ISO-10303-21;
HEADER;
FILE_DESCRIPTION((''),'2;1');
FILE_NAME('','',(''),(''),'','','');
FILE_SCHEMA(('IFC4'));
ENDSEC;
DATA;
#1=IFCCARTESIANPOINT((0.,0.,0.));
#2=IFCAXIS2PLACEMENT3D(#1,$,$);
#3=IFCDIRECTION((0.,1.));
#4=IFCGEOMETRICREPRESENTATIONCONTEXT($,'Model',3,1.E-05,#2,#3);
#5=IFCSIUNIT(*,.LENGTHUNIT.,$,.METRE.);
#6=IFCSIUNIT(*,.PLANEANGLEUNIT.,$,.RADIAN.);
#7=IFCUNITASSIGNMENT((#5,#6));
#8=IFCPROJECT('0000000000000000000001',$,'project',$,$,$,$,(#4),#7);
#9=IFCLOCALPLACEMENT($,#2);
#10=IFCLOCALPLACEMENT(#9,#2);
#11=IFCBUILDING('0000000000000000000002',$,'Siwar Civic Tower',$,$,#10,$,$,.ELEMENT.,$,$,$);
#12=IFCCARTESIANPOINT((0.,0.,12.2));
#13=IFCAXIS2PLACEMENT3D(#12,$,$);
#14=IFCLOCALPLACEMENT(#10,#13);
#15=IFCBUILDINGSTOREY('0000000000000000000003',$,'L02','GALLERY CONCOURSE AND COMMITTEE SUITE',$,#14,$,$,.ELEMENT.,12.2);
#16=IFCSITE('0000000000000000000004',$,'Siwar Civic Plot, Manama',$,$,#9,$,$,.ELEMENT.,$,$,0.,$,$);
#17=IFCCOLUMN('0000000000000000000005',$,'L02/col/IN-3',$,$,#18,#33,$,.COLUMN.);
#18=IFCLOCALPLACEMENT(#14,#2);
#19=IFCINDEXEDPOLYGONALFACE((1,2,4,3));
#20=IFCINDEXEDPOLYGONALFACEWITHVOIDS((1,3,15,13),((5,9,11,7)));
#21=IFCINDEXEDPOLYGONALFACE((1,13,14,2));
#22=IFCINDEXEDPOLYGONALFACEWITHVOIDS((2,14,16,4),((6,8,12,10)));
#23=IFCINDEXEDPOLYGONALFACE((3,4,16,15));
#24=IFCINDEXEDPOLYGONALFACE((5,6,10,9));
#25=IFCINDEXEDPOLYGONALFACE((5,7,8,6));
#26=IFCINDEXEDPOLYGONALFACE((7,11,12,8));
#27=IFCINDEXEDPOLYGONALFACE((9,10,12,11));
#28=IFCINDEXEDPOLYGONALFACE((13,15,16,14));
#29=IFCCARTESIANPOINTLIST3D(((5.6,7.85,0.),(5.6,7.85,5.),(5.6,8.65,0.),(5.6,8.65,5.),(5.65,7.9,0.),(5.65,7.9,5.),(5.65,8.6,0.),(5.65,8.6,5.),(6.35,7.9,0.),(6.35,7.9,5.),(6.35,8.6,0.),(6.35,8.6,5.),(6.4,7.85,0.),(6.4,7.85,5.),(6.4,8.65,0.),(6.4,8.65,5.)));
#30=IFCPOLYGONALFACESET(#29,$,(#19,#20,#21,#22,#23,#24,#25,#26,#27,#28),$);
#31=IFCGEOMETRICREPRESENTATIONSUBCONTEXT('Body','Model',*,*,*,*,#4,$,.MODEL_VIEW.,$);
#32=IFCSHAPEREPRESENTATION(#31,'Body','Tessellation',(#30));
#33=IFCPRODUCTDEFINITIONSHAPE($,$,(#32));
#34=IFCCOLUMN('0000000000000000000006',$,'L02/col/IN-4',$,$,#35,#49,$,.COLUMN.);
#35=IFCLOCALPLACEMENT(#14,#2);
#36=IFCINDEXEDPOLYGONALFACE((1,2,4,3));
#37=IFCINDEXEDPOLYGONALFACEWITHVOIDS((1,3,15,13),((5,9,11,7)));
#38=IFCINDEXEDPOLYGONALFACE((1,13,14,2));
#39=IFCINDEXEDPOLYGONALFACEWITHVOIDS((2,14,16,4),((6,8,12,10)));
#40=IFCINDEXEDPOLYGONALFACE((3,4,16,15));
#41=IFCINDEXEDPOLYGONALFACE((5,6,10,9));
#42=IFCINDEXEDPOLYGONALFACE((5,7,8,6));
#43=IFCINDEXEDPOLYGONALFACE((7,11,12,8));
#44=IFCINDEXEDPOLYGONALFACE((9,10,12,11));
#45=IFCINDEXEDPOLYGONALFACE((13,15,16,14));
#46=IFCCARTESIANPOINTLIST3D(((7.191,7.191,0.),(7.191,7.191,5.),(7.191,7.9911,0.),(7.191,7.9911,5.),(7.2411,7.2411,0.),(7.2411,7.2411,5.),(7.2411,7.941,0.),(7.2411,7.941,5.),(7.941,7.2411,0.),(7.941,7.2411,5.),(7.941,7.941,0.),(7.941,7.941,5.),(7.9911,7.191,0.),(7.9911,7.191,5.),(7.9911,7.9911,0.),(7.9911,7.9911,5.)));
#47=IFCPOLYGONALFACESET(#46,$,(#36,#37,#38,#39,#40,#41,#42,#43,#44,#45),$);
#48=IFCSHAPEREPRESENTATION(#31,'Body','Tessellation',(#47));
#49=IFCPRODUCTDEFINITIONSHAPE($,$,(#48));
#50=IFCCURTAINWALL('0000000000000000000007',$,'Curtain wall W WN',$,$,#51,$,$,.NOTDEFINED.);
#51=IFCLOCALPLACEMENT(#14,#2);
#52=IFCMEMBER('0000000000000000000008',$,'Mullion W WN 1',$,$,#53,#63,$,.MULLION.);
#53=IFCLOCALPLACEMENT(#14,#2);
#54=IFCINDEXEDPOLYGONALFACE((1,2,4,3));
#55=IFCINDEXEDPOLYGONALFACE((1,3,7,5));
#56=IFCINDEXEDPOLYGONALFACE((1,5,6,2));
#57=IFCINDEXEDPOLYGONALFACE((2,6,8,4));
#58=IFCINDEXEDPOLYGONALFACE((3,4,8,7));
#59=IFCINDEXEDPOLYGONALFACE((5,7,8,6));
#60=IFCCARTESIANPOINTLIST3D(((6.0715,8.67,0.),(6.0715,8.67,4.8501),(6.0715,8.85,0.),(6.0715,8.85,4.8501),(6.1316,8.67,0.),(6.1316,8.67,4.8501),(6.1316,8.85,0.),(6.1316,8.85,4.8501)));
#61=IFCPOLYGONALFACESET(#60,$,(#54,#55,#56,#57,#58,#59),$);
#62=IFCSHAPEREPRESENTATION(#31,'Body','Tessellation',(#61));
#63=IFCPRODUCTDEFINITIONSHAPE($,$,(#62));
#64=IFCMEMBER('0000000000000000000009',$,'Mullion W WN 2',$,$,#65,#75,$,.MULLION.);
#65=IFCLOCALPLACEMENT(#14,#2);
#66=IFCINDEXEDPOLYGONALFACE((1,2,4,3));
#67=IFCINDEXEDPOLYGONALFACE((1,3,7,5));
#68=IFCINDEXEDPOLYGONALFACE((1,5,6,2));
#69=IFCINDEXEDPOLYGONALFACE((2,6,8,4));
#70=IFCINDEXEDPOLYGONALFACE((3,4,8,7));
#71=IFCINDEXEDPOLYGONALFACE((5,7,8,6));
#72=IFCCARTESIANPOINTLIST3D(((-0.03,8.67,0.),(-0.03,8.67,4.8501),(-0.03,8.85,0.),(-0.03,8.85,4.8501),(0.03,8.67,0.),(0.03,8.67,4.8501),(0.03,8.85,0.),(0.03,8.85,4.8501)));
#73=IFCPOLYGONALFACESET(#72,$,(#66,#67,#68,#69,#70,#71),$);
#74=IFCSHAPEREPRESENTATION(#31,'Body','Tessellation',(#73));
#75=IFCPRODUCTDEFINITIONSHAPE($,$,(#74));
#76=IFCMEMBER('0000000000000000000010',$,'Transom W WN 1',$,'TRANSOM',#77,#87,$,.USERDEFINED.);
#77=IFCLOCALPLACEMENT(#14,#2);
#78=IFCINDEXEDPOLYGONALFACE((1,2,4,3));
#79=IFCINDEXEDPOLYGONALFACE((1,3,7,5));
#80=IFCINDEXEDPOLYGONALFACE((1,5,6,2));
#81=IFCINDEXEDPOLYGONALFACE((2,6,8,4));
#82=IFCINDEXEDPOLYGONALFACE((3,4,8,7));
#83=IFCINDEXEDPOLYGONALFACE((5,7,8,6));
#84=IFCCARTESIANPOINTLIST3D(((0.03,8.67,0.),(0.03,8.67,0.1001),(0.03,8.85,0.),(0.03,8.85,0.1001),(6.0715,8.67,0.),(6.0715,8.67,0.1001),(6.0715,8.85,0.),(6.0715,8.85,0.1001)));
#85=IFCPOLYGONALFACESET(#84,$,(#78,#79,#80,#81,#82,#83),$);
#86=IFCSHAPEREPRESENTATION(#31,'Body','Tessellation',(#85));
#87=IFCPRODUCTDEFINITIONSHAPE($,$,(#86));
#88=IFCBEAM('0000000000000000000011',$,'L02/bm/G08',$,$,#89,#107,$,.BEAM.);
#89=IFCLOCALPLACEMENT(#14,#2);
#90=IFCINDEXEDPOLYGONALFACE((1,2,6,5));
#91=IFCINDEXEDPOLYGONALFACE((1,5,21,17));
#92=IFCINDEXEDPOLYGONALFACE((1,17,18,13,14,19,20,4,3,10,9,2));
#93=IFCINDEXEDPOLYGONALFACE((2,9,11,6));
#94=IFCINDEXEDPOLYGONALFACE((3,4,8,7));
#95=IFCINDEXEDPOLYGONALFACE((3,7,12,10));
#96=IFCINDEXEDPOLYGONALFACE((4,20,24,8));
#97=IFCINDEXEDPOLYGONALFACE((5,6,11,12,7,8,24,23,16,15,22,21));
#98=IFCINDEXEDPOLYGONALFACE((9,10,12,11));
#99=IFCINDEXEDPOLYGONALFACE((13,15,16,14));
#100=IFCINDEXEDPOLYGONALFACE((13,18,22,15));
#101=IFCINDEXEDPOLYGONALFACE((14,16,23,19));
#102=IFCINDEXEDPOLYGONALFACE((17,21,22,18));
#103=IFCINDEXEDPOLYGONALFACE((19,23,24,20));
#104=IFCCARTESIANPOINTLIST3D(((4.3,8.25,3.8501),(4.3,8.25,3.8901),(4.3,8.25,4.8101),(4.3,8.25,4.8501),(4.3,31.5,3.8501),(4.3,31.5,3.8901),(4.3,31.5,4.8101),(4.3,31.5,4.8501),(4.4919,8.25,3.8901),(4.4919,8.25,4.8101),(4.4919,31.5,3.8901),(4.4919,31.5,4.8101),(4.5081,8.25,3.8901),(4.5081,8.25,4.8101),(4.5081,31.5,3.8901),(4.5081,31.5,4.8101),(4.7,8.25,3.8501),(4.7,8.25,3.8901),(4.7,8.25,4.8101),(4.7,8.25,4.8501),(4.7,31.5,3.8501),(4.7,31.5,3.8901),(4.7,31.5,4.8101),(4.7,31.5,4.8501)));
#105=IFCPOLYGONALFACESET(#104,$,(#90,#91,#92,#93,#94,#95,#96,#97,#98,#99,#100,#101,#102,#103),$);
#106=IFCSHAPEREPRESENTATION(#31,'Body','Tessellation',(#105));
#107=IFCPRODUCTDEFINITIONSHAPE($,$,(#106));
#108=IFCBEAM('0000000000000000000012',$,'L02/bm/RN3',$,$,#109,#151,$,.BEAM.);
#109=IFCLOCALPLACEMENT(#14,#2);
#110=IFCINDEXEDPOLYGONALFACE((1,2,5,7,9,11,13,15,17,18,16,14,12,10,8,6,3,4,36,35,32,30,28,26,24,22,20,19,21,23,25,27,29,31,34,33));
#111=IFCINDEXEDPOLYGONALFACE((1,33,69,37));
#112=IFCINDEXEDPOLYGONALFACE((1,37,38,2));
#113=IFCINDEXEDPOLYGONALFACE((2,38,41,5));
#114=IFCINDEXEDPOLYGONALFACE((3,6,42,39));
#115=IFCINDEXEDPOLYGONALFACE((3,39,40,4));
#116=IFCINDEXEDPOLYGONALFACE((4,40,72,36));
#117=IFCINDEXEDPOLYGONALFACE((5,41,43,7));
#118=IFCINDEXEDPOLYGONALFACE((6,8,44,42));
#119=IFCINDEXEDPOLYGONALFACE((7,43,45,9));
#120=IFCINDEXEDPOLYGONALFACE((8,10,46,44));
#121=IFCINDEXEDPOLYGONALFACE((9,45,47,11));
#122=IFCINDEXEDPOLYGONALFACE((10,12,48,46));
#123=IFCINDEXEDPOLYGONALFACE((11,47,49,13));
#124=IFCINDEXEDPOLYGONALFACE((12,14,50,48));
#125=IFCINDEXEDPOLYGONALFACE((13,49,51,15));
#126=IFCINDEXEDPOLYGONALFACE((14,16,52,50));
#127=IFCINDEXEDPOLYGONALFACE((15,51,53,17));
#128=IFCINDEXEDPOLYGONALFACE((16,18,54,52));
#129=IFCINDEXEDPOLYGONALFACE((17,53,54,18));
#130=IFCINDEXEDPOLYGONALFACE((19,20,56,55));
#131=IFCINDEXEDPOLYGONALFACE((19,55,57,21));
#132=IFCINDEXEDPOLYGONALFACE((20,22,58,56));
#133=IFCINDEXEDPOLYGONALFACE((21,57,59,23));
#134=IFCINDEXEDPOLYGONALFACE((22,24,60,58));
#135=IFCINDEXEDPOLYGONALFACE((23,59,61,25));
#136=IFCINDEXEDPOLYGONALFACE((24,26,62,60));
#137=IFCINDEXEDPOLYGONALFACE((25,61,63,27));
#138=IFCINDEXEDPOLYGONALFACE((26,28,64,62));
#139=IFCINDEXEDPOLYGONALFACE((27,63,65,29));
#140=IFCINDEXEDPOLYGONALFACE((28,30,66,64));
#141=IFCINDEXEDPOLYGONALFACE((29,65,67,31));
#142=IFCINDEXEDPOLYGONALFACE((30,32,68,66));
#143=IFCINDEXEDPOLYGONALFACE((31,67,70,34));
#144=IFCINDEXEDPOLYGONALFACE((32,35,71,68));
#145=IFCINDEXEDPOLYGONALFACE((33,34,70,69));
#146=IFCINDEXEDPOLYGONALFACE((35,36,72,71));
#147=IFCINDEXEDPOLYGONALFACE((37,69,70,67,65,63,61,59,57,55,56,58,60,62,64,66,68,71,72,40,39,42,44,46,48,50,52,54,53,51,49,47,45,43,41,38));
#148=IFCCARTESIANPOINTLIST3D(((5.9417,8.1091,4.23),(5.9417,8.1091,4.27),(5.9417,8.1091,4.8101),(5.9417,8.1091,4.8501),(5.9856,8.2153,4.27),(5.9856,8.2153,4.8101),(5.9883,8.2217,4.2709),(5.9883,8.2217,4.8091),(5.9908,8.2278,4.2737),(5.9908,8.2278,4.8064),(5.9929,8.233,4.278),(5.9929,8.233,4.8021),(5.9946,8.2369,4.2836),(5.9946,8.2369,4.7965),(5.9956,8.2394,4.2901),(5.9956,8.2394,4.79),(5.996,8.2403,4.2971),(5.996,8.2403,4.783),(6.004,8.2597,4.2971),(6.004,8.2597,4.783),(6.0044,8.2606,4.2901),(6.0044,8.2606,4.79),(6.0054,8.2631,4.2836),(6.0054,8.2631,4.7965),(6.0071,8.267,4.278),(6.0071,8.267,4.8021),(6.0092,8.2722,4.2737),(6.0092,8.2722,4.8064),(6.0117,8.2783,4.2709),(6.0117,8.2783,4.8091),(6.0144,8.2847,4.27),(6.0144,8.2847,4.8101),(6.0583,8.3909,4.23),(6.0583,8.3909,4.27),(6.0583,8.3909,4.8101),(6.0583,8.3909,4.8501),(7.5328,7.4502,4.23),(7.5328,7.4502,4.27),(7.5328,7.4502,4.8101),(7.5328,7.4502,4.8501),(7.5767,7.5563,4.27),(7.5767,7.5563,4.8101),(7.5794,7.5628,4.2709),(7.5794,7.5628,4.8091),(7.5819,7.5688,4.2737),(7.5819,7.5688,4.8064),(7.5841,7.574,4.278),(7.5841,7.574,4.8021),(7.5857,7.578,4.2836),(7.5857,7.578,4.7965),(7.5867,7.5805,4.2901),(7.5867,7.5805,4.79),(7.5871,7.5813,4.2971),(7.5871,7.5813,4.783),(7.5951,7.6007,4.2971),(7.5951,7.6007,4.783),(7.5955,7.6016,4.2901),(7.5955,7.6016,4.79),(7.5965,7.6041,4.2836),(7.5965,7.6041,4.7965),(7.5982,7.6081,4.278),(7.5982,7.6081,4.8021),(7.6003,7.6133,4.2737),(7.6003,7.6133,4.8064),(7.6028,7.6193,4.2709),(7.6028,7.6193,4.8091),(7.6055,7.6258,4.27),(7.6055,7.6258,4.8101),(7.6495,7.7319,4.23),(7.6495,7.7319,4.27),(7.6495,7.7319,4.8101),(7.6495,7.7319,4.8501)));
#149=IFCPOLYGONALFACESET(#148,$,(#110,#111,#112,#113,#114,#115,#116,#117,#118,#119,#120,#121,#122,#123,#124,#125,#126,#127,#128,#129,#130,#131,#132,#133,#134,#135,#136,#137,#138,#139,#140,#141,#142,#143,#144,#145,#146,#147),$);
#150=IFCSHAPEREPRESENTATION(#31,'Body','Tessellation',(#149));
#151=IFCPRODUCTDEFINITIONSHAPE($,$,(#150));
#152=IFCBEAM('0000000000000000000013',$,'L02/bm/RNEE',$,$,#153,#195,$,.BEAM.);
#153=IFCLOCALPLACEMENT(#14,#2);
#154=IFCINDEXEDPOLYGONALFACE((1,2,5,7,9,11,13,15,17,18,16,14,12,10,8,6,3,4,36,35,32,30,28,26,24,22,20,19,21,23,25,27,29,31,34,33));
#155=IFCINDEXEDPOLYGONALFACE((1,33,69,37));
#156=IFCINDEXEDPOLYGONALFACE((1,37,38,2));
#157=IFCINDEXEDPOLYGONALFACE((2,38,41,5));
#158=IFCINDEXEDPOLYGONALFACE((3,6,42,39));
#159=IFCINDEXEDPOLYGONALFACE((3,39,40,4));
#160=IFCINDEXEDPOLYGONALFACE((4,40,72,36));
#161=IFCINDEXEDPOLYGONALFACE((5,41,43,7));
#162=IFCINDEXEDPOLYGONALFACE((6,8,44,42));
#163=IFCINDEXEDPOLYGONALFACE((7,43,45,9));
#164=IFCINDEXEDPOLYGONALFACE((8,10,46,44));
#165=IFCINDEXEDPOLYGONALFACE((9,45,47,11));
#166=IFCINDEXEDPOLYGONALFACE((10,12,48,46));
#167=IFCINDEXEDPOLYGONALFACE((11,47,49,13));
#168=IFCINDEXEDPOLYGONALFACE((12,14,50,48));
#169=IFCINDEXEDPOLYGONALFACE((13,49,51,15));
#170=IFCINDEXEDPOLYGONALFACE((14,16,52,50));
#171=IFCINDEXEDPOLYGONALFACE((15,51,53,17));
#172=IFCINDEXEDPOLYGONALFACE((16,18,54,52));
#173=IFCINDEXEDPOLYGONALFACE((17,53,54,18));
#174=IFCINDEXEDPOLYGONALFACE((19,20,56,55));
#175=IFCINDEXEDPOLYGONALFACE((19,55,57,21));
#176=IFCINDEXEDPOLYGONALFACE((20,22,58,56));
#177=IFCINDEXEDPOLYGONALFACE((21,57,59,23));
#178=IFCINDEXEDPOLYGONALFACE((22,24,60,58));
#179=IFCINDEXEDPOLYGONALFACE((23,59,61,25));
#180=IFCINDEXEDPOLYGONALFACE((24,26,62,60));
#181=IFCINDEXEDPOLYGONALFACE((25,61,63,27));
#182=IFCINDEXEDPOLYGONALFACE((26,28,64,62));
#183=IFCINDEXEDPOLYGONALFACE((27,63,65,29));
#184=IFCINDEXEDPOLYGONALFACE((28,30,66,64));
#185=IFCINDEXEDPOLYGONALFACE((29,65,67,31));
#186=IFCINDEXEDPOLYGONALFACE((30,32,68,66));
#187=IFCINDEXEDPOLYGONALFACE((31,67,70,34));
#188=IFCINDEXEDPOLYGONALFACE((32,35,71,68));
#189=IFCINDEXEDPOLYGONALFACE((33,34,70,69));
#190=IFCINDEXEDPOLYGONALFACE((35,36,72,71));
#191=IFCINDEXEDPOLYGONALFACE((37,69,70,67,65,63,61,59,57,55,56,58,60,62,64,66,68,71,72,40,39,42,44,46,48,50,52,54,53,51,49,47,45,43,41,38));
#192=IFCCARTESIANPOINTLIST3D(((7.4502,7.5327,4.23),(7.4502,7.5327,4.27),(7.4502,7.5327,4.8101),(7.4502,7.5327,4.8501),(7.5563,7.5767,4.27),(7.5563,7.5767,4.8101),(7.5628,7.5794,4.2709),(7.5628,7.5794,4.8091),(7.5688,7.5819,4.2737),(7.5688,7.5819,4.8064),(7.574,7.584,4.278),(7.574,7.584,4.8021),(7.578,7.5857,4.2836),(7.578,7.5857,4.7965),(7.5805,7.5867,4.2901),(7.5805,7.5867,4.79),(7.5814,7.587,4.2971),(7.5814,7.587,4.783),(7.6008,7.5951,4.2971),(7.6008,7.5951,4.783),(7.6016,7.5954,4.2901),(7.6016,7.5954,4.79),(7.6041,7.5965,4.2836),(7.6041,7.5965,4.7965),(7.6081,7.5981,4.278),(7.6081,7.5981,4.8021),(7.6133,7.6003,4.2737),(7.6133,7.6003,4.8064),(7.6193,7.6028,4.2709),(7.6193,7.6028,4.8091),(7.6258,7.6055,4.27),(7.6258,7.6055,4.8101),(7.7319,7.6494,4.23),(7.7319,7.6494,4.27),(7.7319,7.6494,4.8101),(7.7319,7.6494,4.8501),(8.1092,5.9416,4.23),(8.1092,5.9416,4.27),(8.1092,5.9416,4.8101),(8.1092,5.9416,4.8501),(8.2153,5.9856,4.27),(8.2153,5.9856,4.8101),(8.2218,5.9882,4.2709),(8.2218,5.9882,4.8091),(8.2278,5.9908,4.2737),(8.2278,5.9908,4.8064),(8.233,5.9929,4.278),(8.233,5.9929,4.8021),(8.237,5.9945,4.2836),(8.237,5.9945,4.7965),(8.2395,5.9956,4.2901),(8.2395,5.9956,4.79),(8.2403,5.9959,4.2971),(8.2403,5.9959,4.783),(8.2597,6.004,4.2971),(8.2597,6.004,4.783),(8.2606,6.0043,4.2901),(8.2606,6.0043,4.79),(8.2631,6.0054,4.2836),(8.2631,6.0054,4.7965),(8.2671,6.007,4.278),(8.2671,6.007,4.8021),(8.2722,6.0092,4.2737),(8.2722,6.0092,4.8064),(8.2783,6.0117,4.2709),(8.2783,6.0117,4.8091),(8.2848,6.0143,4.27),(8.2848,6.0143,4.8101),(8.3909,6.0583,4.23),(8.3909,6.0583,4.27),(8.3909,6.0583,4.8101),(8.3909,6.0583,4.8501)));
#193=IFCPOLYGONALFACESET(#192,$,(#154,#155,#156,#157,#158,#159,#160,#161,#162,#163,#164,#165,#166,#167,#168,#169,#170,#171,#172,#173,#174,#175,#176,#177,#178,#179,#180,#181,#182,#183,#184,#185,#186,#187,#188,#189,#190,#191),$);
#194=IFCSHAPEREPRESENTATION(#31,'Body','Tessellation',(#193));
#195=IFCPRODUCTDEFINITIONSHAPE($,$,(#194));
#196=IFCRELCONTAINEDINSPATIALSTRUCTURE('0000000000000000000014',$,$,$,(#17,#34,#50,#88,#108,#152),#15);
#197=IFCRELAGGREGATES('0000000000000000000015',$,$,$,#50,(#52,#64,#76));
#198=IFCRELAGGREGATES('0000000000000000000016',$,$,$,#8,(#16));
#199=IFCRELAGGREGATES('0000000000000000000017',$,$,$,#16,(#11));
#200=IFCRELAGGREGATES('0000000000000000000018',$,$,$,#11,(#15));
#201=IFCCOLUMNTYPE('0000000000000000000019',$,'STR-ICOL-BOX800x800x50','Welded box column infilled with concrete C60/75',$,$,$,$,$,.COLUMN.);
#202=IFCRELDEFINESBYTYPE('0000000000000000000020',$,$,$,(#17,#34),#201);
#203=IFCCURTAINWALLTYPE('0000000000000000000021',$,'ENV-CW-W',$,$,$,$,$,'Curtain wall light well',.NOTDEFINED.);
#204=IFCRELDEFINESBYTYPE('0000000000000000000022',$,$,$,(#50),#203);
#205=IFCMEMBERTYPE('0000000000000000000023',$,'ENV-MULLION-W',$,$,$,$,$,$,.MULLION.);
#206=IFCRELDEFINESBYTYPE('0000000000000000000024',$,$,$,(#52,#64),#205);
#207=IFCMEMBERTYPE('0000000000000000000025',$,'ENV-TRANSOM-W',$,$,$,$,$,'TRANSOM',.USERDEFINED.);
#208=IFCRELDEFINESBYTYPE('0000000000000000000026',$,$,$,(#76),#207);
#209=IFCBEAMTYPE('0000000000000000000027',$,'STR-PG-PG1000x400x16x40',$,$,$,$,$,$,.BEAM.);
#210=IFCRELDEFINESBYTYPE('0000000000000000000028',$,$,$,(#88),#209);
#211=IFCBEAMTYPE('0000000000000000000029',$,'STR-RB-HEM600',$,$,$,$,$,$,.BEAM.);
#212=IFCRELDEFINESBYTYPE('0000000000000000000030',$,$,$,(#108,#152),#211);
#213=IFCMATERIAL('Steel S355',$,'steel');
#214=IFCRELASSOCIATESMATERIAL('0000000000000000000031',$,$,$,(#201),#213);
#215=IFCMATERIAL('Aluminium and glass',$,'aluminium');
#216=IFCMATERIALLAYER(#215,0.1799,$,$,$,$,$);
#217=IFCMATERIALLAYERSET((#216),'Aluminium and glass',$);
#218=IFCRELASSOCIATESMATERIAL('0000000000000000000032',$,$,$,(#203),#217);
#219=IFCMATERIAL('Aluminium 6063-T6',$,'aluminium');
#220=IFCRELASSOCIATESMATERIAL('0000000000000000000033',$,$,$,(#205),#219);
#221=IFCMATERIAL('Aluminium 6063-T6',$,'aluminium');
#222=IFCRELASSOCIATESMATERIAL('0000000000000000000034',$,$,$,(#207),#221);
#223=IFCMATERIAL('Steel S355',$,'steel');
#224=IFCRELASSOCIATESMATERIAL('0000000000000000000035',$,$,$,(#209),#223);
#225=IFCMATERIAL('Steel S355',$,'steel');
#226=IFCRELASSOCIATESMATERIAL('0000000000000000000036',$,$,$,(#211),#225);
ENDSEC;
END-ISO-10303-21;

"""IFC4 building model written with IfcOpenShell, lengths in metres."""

from ifc_helpers import new_model, si_unit, direction, frame, origin, origin_2d, place, context, subcontext, project, spatial, rectangle, hollow_rectangle, i_section, extrude, material, layer, layer_set, material_profile, profile_set, type_object, element, aggregate, save


model = new_model("IFC4")

# Units and contexts
model_context = context("Model", 3, precision=1e-05, world=origin(), true_north=direction((0.0, 1.0)))
body_context = subcontext(model_context, "Body", "Model", "MODEL_VIEW")
ifc_project = project(units=[si_unit("LENGTHUNIT", "METRE"), si_unit("PLANEANGLEUNIT", "RADIAN")], contexts=[model_context])

# Site, building, storey
site_placement = place(None, origin())
site = spatial("IfcSite", under=ifc_project, at=site_placement, Name="Siwar Civic Plot, Manama", CompositionType="ELEMENT", RefElevation=0.0)
building_placement = place(site_placement, origin())
building = spatial("IfcBuilding", under=site, at=building_placement, Name="Siwar Civic Tower", CompositionType="ELEMENT")
storey_placement = place(building_placement, frame((0.0, 0.0, 12.2)))
storey = spatial("IfcBuildingStorey", under=building, at=storey_placement, Name="L02", Description="GALLERY CONCOURSE AND COMMITTEE SUITE", CompositionType="ELEMENT", Elevation=12.2)

# Columns
ifc_material_1 = material(Name="Steel S355", Category="steel")
ifc_material_profile_1 = material_profile(ifc_material_1, hollow_rectangle(XDim=0.8, YDim=0.8, WallThickness=0.05, at=origin_2d()), Name="BOX800x800x50")
ifc_profile_set_1 = profile_set([ifc_material_profile_1], Name="Steel S355")
column_type = type_object("IfcColumnType", Name="STR-ICOL-BOX800x800x50", Description="Welded box column infilled with concrete C60/75", PredefinedType="COLUMN", material=ifc_profile_set_1)
for number, where, z_axis, x_axis, name in (
    (1, (6.0, 8.25, 0.0), (0.0, 0.0, 1.0), (1.0, 0.0, 0.0), "L02/col/IN-3"),
    (2, (7.5911, 7.5911, 0.0), (0.0, 0.0, 1.0), (1.0, 0.0, 0.0), "L02/col/IN-4"),
):
    element("IfcColumn", number, at=place(storey_placement, frame(where, z_axis=z_axis, x_axis=x_axis)), inside=storey, type_object=column_type, Name=name, PredefinedType="COLUMN", context=body_context, shape_type="SweptSolid", body=[
        extrude(hollow_rectangle(XDim=0.8, YDim=0.8, WallThickness=0.05, at=origin_2d()), origin(), (0.0, 0.0, 1.0), 5.0),
    ])

# Curtain wall, members
ifc_material_2 = material(Name="Aluminium and glass", Category="aluminium")
ifc_layer_1 = layer(ifc_material_2, 0.1799)
ifc_layer_set_1 = layer_set([ifc_layer_1], Name="Aluminium and glass")
curtain_wall_type = type_object("IfcCurtainWallType", Name="ENV-CW-W", ElementType="Curtain wall light well", PredefinedType="NOTDEFINED", material=ifc_layer_set_1)
curtain_wall_placement = place(storey_placement, origin())
curtain_wall = element("IfcCurtainWall", 3, at=curtain_wall_placement, inside=storey, type_object=curtain_wall_type, Name="Curtain wall W WN", PredefinedType="NOTDEFINED")
ifc_material_3 = material(Name="Aluminium 6063-T6", Category="aluminium")
ifc_material_profile_2 = material_profile(ifc_material_3, rectangle(XDim=0.1799, YDim=0.0601, at=origin_2d()), Name="AL 180x60")
ifc_profile_set_2 = profile_set([ifc_material_profile_2], Name="Aluminium 6063-T6")
member_type_1 = type_object("IfcMemberType", Name="ENV-MULLION-W", PredefinedType="MULLION", material=ifc_profile_set_2)
member_1_placement = place(storey_placement, frame((6.1016, 8.76, 0.0), z_axis=(0.0, 0.0, 1.0), x_axis=(0.0, -1.0, 0.0)))
member_1 = element("IfcMember", 4, at=member_1_placement, type_object=member_type_1, Name="Mullion W WN 1", PredefinedType="MULLION", context=body_context, shape_type="SweptSolid", body=[
    extrude(rectangle(XDim=0.1799, YDim=0.0601, at=origin_2d()), origin(), (0.0, 0.0, 1.0), 4.8501),
])
member_2_placement = place(storey_placement, frame((0.0, 8.76, 0.0), z_axis=(0.0, 0.0, 1.0), x_axis=(0.0, -1.0, 0.0)))
member_2 = element("IfcMember", 5, at=member_2_placement, type_object=member_type_1, Name="Mullion W WN 2", PredefinedType="MULLION", context=body_context, shape_type="SweptSolid", body=[
    extrude(rectangle(XDim=0.1799, YDim=0.0601, at=origin_2d()), origin(), (0.0, 0.0, 1.0), 4.8501),
])
ifc_material_4 = material(Name="Aluminium 6063-T6", Category="aluminium")
ifc_material_profile_3 = material_profile(ifc_material_4, rectangle(XDim=0.1799, YDim=0.1001, at=origin_2d()), Name="AL 180x100")
ifc_profile_set_3 = profile_set([ifc_material_profile_3], Name="Aluminium 6063-T6")
member_type_2 = type_object("IfcMemberType", Name="ENV-TRANSOM-W", ElementType="TRANSOM", PredefinedType="USERDEFINED", material=ifc_profile_set_3)
member_3_placement = place(storey_placement, frame((6.0715, 8.76, 0.05), z_axis=(-1.0, 0.0, 0.0), x_axis=(0.0, -1.0, 0.0)))
member_3 = element("IfcMember", 6, at=member_3_placement, type_object=member_type_2, Name="Transom W WN 1", ObjectType="TRANSOM", PredefinedType="USERDEFINED", context=body_context, shape_type="SweptSolid", body=[
    extrude(rectangle(XDim=0.1799, YDim=0.1001, at=origin_2d()), origin(), (0.0, 0.0, 1.0), 6.0415),
])

# Beams
ifc_material_5 = material(Name="Steel S355", Category="steel")
ifc_material_profile_4 = material_profile(ifc_material_5, i_section(OverallWidth=0.3999, OverallDepth=1.0, WebThickness=0.0161, FlangeThickness=0.04, at=origin_2d()), Name="PG1000x400x16x40")
ifc_profile_set_4 = profile_set([ifc_material_profile_4], Name="Steel S355")
beam_type_1 = type_object("IfcBeamType", Name="STR-PG-PG1000x400x16x40", PredefinedType="BEAM", material=ifc_profile_set_4)
beam_placement = place(storey_placement, frame((4.5, 8.25, 4.3501), z_axis=(0.0, 1.0, 0.0), x_axis=(-1.0, 0.0, 0.0)))
element("IfcBeam", 7, at=beam_placement, inside=storey, type_object=beam_type_1, Name="L02/bm/G08", PredefinedType="BEAM", context=body_context, shape_type="SweptSolid", body=[
    extrude(i_section(OverallWidth=0.3999, OverallDepth=1.0, WebThickness=0.0161, FlangeThickness=0.04, at=origin_2d()), origin(), (0.0, 0.0, 1.0), 23.25),
])
ifc_material_6 = material(Name="Steel S355", Category="steel")
ifc_material_profile_5 = material_profile(ifc_material_6, i_section(OverallWidth=0.3049, OverallDepth=0.6201, WebThickness=0.021, FlangeThickness=0.04, FilletRadius=0.0271, at=origin_2d()), Name="HEM600")
ifc_profile_set_5 = profile_set([ifc_material_profile_5], Name="Steel S355")
beam_type_2 = type_object("IfcBeamType", Name="STR-RB-HEM600", PredefinedType="BEAM", material=ifc_profile_set_5)
for number, where, z_axis, x_axis, name in (
    (8, (6.0, 8.25, 4.54), (0.923901, -0.382631, 0.0), (0.382631, 0.923901, 0.0), "L02/bm/RN3"),
    (9, (7.5911, 7.5911, 4.54), (0.382631, -0.923901, 0.0), (0.923901, 0.382631, 0.0), "L02/bm/RNEE"),
):
    element("IfcBeam", number, at=place(storey_placement, frame(where, z_axis=z_axis, x_axis=x_axis)), inside=storey, type_object=beam_type_2, Name=name, PredefinedType="BEAM", context=body_context, shape_type="SweptSolid", body=[
        extrude(i_section(OverallWidth=0.3049, OverallDepth=0.6201, WebThickness=0.021, FlangeThickness=0.04, FilletRadius=0.0271, at=origin_2d()), origin(), (0.0, 0.0, 1.0), 1.7222),
    ])

aggregate(curtain_wall, [member_1, member_2, member_3])

save(model, "model.ifc")
